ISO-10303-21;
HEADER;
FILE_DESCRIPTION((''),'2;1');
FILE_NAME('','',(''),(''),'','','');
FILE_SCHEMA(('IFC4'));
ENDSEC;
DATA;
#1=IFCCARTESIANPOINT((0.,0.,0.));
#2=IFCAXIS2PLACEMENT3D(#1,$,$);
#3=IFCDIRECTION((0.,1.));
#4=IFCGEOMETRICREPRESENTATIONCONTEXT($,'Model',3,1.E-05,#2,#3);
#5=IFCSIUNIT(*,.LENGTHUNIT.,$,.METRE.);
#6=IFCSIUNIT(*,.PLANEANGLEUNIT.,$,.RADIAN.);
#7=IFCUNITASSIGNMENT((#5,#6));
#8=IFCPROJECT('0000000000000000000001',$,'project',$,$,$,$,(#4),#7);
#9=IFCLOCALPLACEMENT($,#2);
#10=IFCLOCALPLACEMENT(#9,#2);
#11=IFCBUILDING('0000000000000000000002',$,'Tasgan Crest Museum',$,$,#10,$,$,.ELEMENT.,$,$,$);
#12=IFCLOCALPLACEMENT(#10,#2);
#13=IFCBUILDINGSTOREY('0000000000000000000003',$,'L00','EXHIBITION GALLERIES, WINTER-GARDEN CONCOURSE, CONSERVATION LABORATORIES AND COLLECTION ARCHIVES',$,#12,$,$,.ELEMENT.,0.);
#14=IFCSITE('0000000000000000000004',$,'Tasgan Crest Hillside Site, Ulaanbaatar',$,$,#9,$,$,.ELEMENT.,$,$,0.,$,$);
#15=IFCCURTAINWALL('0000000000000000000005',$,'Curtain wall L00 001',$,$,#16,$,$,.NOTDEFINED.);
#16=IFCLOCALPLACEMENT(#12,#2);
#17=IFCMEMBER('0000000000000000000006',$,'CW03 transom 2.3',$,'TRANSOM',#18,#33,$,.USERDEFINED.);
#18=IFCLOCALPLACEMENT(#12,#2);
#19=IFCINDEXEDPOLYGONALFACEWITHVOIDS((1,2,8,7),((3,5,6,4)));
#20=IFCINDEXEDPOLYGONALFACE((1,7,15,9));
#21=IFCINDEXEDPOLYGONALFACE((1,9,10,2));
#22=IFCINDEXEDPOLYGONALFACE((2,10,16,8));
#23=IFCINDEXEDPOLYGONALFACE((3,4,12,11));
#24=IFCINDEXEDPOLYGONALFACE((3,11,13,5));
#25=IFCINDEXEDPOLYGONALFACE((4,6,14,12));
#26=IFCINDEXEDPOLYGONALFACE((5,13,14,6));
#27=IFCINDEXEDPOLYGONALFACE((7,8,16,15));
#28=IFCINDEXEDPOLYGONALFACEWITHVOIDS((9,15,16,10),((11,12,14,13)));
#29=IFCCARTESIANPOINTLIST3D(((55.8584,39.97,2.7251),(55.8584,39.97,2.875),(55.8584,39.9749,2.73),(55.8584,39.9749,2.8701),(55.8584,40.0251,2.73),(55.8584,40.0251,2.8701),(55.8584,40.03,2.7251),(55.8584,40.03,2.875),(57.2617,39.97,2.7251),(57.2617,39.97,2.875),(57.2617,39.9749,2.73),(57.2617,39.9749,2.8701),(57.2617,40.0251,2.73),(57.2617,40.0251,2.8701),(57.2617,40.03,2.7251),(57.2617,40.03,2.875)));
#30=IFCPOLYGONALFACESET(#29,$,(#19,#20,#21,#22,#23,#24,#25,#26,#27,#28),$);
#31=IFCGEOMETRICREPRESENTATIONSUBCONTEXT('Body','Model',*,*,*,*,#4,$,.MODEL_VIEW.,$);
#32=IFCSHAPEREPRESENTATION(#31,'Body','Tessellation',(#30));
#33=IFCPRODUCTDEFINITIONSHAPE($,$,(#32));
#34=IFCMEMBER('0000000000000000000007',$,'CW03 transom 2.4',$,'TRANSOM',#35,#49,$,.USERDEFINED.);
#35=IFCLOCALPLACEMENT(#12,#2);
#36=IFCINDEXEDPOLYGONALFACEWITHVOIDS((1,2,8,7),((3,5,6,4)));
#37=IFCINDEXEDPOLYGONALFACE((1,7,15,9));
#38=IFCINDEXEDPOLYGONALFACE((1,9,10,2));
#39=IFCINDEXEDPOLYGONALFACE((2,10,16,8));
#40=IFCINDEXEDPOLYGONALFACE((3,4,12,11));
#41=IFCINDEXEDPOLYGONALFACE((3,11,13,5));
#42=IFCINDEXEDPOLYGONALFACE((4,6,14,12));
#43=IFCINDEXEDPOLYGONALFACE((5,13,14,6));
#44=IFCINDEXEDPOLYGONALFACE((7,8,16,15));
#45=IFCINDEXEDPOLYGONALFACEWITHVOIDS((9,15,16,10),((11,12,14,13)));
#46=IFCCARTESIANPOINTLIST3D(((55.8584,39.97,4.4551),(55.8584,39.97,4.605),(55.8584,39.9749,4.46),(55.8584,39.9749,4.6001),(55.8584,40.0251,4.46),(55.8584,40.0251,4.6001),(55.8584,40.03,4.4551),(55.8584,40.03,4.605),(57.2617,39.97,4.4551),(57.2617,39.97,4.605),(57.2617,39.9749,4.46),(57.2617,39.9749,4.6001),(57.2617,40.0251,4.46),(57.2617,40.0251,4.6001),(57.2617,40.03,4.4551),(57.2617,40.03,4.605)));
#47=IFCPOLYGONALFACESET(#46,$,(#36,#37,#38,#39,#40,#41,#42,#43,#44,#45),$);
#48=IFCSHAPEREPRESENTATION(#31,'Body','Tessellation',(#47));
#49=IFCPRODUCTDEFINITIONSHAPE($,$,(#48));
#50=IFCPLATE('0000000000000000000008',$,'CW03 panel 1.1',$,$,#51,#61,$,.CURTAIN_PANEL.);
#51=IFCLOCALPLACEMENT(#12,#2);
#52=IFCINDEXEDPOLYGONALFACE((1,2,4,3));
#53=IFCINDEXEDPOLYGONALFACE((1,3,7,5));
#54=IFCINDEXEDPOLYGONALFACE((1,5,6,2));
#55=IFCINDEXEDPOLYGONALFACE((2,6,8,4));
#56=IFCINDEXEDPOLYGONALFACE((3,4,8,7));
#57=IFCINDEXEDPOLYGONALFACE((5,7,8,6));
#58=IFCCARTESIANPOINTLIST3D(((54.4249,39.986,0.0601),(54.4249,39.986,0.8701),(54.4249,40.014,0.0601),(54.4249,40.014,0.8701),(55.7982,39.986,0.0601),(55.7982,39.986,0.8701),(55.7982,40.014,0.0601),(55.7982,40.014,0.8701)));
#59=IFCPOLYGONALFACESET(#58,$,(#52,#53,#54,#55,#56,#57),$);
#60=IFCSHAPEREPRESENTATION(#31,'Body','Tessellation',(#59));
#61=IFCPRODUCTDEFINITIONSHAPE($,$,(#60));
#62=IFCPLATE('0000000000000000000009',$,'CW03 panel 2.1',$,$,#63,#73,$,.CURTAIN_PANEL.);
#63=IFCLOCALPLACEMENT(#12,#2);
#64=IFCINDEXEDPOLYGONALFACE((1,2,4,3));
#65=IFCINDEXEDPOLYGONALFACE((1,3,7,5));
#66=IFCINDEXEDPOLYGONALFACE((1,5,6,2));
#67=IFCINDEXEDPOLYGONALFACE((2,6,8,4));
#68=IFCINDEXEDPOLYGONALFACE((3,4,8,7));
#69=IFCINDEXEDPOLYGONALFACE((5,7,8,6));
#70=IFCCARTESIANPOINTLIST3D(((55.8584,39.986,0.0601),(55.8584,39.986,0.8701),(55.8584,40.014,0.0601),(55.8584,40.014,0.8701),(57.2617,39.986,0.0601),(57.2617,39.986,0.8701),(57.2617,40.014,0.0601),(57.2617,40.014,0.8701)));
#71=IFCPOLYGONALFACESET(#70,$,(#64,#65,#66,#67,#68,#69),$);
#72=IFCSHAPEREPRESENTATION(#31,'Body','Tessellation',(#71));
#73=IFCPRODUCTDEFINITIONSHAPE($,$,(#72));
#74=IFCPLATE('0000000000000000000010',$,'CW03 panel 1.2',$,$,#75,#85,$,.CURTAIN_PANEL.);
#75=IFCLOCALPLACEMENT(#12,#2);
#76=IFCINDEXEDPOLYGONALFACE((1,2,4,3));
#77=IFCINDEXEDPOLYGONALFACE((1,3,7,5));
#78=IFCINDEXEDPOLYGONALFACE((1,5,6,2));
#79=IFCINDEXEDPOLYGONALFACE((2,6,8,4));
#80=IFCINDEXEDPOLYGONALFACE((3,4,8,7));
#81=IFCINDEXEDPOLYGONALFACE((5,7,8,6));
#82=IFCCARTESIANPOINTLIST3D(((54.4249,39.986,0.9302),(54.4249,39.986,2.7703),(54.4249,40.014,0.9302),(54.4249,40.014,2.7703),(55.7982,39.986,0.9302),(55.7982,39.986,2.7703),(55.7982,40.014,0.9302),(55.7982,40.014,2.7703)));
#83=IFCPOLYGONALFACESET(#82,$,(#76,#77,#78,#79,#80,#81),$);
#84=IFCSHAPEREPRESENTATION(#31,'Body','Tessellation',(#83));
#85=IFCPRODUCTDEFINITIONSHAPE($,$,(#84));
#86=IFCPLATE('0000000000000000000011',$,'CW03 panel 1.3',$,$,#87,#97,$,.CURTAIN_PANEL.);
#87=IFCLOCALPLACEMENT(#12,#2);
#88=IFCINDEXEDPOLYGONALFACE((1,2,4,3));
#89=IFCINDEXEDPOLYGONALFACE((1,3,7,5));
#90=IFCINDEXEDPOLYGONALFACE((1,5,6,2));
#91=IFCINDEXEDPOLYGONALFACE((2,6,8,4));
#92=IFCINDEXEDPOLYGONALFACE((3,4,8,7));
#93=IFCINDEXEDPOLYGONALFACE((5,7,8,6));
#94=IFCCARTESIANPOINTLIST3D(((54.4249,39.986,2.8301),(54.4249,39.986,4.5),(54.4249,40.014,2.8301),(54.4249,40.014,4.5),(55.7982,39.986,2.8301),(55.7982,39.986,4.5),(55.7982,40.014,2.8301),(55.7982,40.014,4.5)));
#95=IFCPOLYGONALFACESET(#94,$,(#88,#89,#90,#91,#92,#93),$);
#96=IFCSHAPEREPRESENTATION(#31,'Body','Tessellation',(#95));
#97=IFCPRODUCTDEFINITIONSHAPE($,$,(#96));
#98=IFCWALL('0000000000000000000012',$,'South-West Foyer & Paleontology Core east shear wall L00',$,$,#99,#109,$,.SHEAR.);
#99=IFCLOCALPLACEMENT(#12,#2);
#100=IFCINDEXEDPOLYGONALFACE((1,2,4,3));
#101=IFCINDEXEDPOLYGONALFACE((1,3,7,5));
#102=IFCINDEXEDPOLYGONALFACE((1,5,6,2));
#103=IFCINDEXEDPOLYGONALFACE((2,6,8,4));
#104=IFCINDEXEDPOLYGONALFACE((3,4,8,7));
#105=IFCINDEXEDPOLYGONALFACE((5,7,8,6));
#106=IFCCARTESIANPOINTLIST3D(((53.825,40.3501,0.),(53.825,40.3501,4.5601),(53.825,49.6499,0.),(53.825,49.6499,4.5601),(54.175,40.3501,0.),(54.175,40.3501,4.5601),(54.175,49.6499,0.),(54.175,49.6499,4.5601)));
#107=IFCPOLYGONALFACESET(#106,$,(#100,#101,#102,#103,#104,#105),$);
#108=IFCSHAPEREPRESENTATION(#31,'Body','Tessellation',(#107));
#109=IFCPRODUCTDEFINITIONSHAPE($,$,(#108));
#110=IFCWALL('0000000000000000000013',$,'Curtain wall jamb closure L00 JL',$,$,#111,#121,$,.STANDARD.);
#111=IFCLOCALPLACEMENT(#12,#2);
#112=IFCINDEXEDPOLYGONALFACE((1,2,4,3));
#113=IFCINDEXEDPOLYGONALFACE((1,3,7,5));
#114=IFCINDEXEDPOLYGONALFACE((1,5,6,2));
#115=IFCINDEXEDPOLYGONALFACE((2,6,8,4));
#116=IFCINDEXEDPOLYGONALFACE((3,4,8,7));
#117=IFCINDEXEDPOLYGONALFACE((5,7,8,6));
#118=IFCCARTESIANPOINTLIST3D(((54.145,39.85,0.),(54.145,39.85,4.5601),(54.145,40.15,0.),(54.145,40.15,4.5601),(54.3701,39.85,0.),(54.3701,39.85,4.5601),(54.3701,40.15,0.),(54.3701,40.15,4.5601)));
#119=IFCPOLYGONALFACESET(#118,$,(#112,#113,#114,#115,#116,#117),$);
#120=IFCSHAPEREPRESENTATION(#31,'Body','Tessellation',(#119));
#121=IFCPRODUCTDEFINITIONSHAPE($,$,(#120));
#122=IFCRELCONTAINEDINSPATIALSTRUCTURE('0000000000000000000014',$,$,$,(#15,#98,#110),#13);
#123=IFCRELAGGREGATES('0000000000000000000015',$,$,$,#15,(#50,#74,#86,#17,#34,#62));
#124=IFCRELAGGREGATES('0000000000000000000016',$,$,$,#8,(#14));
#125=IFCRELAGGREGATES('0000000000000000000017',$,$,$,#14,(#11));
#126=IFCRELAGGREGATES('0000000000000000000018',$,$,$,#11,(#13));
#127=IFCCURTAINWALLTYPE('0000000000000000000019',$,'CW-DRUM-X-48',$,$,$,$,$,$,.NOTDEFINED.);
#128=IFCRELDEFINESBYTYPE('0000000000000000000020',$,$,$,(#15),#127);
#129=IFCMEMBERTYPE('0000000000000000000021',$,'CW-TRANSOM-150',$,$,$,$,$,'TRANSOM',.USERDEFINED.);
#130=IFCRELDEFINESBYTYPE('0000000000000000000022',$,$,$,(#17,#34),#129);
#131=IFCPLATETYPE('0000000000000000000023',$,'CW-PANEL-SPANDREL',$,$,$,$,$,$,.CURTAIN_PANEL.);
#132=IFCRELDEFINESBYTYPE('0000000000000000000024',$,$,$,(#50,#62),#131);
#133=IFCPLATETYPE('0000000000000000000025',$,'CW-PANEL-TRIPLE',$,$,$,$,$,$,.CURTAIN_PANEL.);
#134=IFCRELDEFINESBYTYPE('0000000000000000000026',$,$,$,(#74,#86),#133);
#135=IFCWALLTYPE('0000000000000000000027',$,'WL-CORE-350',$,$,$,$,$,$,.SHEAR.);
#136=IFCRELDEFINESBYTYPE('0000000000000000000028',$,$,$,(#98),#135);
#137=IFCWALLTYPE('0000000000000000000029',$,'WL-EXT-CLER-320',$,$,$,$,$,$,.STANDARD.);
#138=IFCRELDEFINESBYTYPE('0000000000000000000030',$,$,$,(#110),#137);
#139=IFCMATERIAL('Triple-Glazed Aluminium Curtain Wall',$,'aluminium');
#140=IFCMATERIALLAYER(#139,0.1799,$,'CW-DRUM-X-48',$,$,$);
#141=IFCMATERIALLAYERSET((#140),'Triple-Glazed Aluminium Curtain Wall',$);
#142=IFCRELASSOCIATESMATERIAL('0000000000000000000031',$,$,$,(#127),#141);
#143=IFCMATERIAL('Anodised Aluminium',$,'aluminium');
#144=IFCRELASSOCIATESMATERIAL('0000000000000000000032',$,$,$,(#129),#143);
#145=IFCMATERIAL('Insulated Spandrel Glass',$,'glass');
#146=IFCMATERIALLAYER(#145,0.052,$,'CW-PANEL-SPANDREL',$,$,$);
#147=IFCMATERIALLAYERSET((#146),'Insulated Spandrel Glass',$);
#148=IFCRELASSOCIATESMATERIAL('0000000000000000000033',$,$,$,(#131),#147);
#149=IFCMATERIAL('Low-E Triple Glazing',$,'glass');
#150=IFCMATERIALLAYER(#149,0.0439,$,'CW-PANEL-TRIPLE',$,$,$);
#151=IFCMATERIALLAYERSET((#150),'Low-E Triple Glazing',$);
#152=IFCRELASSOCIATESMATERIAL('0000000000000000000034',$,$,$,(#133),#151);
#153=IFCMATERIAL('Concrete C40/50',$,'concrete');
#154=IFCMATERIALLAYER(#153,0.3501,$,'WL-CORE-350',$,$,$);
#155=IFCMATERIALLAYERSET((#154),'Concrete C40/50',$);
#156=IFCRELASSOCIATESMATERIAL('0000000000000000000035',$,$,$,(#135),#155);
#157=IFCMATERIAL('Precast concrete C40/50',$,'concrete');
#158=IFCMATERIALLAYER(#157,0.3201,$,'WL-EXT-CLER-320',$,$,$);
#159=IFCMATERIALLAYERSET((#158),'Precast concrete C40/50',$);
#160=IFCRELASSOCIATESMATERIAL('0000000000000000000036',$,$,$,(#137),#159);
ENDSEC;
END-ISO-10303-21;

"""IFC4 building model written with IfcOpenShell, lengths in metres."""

from ifc_helpers import new_model, si_unit, direction, frame, frame_2d, origin, origin_2d, place, context, subcontext, project, spatial, rectangle, hollow_rectangle, extrude, material, layer, layer_set, material_profile, profile_set, type_object, element, aggregate, save


model = new_model("IFC4")

# Units and contexts
model_context = context("Model", 3, precision=1e-05, world=origin(), true_north=direction((0.0, 1.0)))
body_context = subcontext(model_context, "Body", "Model", "MODEL_VIEW")
ifc_project = project(units=[si_unit("LENGTHUNIT", "METRE"), si_unit("PLANEANGLEUNIT", "RADIAN")], contexts=[model_context])

# Site, building, storey
site_placement = place(None, origin())
site = spatial("IfcSite", under=ifc_project, at=site_placement, Name="Tasgan Crest Hillside Site, Ulaanbaatar", CompositionType="ELEMENT", RefElevation=0.0)
building_placement = place(site_placement, origin())
building = spatial("IfcBuilding", under=site, at=building_placement, Name="Tasgan Crest Museum", CompositionType="ELEMENT")
storey_placement = place(building_placement, origin())
storey = spatial("IfcBuildingStorey", under=building, at=storey_placement, Name="L00", Description="EXHIBITION GALLERIES, WINTER-GARDEN CONCOURSE, CONSERVATION LABORATORIES AND COLLECTION ARCHIVES", CompositionType="ELEMENT", Elevation=0.0)

# Curtain wall, members, plates
ifc_material_1 = material(Name="Triple-Glazed Aluminium Curtain Wall", Category="aluminium")
ifc_layer_1 = layer(ifc_material_1, 0.1799, Name="CW-DRUM-X-48")
ifc_layer_set_1 = layer_set([ifc_layer_1], Name="Triple-Glazed Aluminium Curtain Wall")
curtain_wall_type = type_object("IfcCurtainWallType", Name="CW-DRUM-X-48", PredefinedType="NOTDEFINED", material=ifc_layer_set_1)
curtain_wall_placement = place(storey_placement, origin())
curtain_wall = element("IfcCurtainWall", 1, at=curtain_wall_placement, inside=storey, type_object=curtain_wall_type, Name="Curtain wall L00 001", PredefinedType="NOTDEFINED")
ifc_material_2 = material(Name="Anodised Aluminium", Category="aluminium")
ifc_material_profile_1 = material_profile(ifc_material_2, hollow_rectangle(XDim=0.0601, YDim=0.1499, WallThickness=0.0049, at=origin_2d()), Name="ALU TRANSOM 150x60x5")
ifc_profile_set_1 = profile_set([ifc_material_profile_1], Name="Anodised Aluminium")
member_type_1 = type_object("IfcMemberType", Name="CW-TRANSOM-150", ElementType="TRANSOM", PredefinedType="USERDEFINED", material=ifc_profile_set_1)
member_1_placement = place(storey_placement, frame((55.8584, 40.0, 2.8), z_axis=(1.0, 0.0, 0.0), x_axis=(0.0, 1.0, 0.0)))
member_1 = element("IfcMember", 2, at=member_1_placement, type_object=member_type_1, Name="CW03 transom 2.3", ObjectType="TRANSOM", PredefinedType="USERDEFINED", context=body_context, shape_type="SweptSolid", body=[
    extrude(hollow_rectangle(XDim=0.0601, YDim=0.1499, WallThickness=0.0049, at=origin_2d()), origin(), (0.0, 0.0, 1.0), 1.4033),
])
member_2_placement = place(storey_placement, frame((55.8584, 40.0, 4.53), z_axis=(1.0, 0.0, 0.0), x_axis=(0.0, 1.0, 0.0)))
member_2 = element("IfcMember", 3, at=member_2_placement, type_object=member_type_1, Name="CW03 transom 2.4", ObjectType="TRANSOM", PredefinedType="USERDEFINED", context=body_context, shape_type="SweptSolid", body=[
    extrude(hollow_rectangle(XDim=0.0601, YDim=0.1499, WallThickness=0.0049, at=origin_2d()), origin(), (0.0, 0.0, 1.0), 1.4033),
])
ifc_material_3 = material(Name="Insulated Spandrel Glass", Category="glass")
ifc_layer_2 = layer(ifc_material_3, 0.052, Name="CW-PANEL-SPANDREL")
ifc_layer_set_2 = layer_set([ifc_layer_2], Name="Insulated Spandrel Glass")
plate_type_1 = type_object("IfcPlateType", Name="CW-PANEL-SPANDREL", PredefinedType="CURTAIN_PANEL", material=ifc_layer_set_2)
plate_1_placement = place(storey_placement, frame((55.1116, 40.0, 0.0601), z_axis=(0.0, 0.0, 1.0), x_axis=(1.0, 0.0, 0.0)))
plate_1 = element("IfcPlate", 4, at=plate_1_placement, type_object=plate_type_1, Name="CW03 panel 1.1", PredefinedType="CURTAIN_PANEL", context=body_context, shape_type="SweptSolid", body=[
    extrude(rectangle(XDim=1.3733, YDim=0.0281, at=origin_2d()), origin(), (0.0, 0.0, 1.0), 0.8101),
])
plate_2_placement = place(storey_placement, frame((56.5601, 40.0, 0.0601), z_axis=(0.0, 0.0, 1.0), x_axis=(1.0, 0.0, 0.0)))
plate_2 = element("IfcPlate", 5, at=plate_2_placement, type_object=plate_type_1, Name="CW03 panel 2.1", PredefinedType="CURTAIN_PANEL", context=body_context, shape_type="SweptSolid", body=[
    extrude(rectangle(XDim=1.4033, YDim=0.0281, at=origin_2d()), origin(), (0.0, 0.0, 1.0), 0.8101),
])
ifc_material_4 = material(Name="Low-E Triple Glazing", Category="glass")
ifc_layer_3 = layer(ifc_material_4, 0.0439, Name="CW-PANEL-TRIPLE")
ifc_layer_set_3 = layer_set([ifc_layer_3], Name="Low-E Triple Glazing")
plate_type_2 = type_object("IfcPlateType", Name="CW-PANEL-TRIPLE", PredefinedType="CURTAIN_PANEL", material=ifc_layer_set_3)
plate_3_placement = place(storey_placement, frame((55.1116, 40.0, 0.9302), z_axis=(0.0, 0.0, 1.0), x_axis=(1.0, 0.0, 0.0)))
plate_3 = element("IfcPlate", 6, at=plate_3_placement, type_object=plate_type_2, Name="CW03 panel 1.2", PredefinedType="CURTAIN_PANEL", context=body_context, shape_type="SweptSolid", body=[
    extrude(rectangle(XDim=1.3733, YDim=0.0281, at=origin_2d()), origin(), (0.0, 0.0, 1.0), 1.8401),
])
plate_4_placement = place(storey_placement, frame((55.1116, 40.0, 2.8301), z_axis=(0.0, 0.0, 1.0), x_axis=(1.0, 0.0, 0.0)))
plate_4 = element("IfcPlate", 7, at=plate_4_placement, type_object=plate_type_2, Name="CW03 panel 1.3", PredefinedType="CURTAIN_PANEL", context=body_context, shape_type="SweptSolid", body=[
    extrude(rectangle(XDim=1.3733, YDim=0.0281, at=origin_2d()), origin(), (0.0, 0.0, 1.0), 1.6699),
])
aggregate(curtain_wall, [plate_1, plate_3, plate_4, member_1, member_2, plate_2])

# Walls
ifc_material_5 = material(Name="Concrete C40/50", Category="concrete")
ifc_layer_4 = layer(ifc_material_5, 0.3501, Name="WL-CORE-350")
ifc_layer_set_4 = layer_set([ifc_layer_4], Name="Concrete C40/50")
wall_type_1 = type_object("IfcWallType", Name="WL-CORE-350", PredefinedType="SHEAR", material=ifc_layer_set_4)
wall_1_placement = place(storey_placement, frame((54.0, 40.3501, 0.0), z_axis=(0.0, 0.0, 1.0), x_axis=(0.0, 1.0, 0.0)))
element("IfcWall", 8, at=wall_1_placement, inside=storey, type_object=wall_type_1, Name="South-West Foyer & Paleontology Core east shear wall L00", PredefinedType="SHEAR", context=body_context, shape_type="SweptSolid", body=[
    extrude(rectangle(XDim=9.2998, YDim=0.3501, at=frame_2d((4.6499, 0.0))), origin(), (0.0, 0.0, 1.0), 4.5601),
])
ifc_material_6 = material(Name="Precast concrete C40/50", Category="concrete")
ifc_layer_5 = layer(ifc_material_6, 0.3201, Name="WL-EXT-CLER-320")
ifc_layer_set_5 = layer_set([ifc_layer_5], Name="Precast concrete C40/50")
wall_type_2 = type_object("IfcWallType", Name="WL-EXT-CLER-320", PredefinedType="STANDARD", material=ifc_layer_set_5)
wall_2_placement = place(storey_placement, frame((54.145, 40.0, 0.0), z_axis=(0.0, 0.0, 1.0), x_axis=(1.0, 0.0, 0.0)))
element("IfcWall", 9, at=wall_2_placement, inside=storey, type_object=wall_type_2, Name="Curtain wall jamb closure L00 JL", PredefinedType="STANDARD", context=body_context, shape_type="SweptSolid", body=[
    extrude(rectangle(XDim=0.2251, YDim=0.3, at=frame_2d((0.1125, 0.0))), origin(), (0.0, 0.0, 1.0), 4.5601),
])

save(model, "model.ifc")
